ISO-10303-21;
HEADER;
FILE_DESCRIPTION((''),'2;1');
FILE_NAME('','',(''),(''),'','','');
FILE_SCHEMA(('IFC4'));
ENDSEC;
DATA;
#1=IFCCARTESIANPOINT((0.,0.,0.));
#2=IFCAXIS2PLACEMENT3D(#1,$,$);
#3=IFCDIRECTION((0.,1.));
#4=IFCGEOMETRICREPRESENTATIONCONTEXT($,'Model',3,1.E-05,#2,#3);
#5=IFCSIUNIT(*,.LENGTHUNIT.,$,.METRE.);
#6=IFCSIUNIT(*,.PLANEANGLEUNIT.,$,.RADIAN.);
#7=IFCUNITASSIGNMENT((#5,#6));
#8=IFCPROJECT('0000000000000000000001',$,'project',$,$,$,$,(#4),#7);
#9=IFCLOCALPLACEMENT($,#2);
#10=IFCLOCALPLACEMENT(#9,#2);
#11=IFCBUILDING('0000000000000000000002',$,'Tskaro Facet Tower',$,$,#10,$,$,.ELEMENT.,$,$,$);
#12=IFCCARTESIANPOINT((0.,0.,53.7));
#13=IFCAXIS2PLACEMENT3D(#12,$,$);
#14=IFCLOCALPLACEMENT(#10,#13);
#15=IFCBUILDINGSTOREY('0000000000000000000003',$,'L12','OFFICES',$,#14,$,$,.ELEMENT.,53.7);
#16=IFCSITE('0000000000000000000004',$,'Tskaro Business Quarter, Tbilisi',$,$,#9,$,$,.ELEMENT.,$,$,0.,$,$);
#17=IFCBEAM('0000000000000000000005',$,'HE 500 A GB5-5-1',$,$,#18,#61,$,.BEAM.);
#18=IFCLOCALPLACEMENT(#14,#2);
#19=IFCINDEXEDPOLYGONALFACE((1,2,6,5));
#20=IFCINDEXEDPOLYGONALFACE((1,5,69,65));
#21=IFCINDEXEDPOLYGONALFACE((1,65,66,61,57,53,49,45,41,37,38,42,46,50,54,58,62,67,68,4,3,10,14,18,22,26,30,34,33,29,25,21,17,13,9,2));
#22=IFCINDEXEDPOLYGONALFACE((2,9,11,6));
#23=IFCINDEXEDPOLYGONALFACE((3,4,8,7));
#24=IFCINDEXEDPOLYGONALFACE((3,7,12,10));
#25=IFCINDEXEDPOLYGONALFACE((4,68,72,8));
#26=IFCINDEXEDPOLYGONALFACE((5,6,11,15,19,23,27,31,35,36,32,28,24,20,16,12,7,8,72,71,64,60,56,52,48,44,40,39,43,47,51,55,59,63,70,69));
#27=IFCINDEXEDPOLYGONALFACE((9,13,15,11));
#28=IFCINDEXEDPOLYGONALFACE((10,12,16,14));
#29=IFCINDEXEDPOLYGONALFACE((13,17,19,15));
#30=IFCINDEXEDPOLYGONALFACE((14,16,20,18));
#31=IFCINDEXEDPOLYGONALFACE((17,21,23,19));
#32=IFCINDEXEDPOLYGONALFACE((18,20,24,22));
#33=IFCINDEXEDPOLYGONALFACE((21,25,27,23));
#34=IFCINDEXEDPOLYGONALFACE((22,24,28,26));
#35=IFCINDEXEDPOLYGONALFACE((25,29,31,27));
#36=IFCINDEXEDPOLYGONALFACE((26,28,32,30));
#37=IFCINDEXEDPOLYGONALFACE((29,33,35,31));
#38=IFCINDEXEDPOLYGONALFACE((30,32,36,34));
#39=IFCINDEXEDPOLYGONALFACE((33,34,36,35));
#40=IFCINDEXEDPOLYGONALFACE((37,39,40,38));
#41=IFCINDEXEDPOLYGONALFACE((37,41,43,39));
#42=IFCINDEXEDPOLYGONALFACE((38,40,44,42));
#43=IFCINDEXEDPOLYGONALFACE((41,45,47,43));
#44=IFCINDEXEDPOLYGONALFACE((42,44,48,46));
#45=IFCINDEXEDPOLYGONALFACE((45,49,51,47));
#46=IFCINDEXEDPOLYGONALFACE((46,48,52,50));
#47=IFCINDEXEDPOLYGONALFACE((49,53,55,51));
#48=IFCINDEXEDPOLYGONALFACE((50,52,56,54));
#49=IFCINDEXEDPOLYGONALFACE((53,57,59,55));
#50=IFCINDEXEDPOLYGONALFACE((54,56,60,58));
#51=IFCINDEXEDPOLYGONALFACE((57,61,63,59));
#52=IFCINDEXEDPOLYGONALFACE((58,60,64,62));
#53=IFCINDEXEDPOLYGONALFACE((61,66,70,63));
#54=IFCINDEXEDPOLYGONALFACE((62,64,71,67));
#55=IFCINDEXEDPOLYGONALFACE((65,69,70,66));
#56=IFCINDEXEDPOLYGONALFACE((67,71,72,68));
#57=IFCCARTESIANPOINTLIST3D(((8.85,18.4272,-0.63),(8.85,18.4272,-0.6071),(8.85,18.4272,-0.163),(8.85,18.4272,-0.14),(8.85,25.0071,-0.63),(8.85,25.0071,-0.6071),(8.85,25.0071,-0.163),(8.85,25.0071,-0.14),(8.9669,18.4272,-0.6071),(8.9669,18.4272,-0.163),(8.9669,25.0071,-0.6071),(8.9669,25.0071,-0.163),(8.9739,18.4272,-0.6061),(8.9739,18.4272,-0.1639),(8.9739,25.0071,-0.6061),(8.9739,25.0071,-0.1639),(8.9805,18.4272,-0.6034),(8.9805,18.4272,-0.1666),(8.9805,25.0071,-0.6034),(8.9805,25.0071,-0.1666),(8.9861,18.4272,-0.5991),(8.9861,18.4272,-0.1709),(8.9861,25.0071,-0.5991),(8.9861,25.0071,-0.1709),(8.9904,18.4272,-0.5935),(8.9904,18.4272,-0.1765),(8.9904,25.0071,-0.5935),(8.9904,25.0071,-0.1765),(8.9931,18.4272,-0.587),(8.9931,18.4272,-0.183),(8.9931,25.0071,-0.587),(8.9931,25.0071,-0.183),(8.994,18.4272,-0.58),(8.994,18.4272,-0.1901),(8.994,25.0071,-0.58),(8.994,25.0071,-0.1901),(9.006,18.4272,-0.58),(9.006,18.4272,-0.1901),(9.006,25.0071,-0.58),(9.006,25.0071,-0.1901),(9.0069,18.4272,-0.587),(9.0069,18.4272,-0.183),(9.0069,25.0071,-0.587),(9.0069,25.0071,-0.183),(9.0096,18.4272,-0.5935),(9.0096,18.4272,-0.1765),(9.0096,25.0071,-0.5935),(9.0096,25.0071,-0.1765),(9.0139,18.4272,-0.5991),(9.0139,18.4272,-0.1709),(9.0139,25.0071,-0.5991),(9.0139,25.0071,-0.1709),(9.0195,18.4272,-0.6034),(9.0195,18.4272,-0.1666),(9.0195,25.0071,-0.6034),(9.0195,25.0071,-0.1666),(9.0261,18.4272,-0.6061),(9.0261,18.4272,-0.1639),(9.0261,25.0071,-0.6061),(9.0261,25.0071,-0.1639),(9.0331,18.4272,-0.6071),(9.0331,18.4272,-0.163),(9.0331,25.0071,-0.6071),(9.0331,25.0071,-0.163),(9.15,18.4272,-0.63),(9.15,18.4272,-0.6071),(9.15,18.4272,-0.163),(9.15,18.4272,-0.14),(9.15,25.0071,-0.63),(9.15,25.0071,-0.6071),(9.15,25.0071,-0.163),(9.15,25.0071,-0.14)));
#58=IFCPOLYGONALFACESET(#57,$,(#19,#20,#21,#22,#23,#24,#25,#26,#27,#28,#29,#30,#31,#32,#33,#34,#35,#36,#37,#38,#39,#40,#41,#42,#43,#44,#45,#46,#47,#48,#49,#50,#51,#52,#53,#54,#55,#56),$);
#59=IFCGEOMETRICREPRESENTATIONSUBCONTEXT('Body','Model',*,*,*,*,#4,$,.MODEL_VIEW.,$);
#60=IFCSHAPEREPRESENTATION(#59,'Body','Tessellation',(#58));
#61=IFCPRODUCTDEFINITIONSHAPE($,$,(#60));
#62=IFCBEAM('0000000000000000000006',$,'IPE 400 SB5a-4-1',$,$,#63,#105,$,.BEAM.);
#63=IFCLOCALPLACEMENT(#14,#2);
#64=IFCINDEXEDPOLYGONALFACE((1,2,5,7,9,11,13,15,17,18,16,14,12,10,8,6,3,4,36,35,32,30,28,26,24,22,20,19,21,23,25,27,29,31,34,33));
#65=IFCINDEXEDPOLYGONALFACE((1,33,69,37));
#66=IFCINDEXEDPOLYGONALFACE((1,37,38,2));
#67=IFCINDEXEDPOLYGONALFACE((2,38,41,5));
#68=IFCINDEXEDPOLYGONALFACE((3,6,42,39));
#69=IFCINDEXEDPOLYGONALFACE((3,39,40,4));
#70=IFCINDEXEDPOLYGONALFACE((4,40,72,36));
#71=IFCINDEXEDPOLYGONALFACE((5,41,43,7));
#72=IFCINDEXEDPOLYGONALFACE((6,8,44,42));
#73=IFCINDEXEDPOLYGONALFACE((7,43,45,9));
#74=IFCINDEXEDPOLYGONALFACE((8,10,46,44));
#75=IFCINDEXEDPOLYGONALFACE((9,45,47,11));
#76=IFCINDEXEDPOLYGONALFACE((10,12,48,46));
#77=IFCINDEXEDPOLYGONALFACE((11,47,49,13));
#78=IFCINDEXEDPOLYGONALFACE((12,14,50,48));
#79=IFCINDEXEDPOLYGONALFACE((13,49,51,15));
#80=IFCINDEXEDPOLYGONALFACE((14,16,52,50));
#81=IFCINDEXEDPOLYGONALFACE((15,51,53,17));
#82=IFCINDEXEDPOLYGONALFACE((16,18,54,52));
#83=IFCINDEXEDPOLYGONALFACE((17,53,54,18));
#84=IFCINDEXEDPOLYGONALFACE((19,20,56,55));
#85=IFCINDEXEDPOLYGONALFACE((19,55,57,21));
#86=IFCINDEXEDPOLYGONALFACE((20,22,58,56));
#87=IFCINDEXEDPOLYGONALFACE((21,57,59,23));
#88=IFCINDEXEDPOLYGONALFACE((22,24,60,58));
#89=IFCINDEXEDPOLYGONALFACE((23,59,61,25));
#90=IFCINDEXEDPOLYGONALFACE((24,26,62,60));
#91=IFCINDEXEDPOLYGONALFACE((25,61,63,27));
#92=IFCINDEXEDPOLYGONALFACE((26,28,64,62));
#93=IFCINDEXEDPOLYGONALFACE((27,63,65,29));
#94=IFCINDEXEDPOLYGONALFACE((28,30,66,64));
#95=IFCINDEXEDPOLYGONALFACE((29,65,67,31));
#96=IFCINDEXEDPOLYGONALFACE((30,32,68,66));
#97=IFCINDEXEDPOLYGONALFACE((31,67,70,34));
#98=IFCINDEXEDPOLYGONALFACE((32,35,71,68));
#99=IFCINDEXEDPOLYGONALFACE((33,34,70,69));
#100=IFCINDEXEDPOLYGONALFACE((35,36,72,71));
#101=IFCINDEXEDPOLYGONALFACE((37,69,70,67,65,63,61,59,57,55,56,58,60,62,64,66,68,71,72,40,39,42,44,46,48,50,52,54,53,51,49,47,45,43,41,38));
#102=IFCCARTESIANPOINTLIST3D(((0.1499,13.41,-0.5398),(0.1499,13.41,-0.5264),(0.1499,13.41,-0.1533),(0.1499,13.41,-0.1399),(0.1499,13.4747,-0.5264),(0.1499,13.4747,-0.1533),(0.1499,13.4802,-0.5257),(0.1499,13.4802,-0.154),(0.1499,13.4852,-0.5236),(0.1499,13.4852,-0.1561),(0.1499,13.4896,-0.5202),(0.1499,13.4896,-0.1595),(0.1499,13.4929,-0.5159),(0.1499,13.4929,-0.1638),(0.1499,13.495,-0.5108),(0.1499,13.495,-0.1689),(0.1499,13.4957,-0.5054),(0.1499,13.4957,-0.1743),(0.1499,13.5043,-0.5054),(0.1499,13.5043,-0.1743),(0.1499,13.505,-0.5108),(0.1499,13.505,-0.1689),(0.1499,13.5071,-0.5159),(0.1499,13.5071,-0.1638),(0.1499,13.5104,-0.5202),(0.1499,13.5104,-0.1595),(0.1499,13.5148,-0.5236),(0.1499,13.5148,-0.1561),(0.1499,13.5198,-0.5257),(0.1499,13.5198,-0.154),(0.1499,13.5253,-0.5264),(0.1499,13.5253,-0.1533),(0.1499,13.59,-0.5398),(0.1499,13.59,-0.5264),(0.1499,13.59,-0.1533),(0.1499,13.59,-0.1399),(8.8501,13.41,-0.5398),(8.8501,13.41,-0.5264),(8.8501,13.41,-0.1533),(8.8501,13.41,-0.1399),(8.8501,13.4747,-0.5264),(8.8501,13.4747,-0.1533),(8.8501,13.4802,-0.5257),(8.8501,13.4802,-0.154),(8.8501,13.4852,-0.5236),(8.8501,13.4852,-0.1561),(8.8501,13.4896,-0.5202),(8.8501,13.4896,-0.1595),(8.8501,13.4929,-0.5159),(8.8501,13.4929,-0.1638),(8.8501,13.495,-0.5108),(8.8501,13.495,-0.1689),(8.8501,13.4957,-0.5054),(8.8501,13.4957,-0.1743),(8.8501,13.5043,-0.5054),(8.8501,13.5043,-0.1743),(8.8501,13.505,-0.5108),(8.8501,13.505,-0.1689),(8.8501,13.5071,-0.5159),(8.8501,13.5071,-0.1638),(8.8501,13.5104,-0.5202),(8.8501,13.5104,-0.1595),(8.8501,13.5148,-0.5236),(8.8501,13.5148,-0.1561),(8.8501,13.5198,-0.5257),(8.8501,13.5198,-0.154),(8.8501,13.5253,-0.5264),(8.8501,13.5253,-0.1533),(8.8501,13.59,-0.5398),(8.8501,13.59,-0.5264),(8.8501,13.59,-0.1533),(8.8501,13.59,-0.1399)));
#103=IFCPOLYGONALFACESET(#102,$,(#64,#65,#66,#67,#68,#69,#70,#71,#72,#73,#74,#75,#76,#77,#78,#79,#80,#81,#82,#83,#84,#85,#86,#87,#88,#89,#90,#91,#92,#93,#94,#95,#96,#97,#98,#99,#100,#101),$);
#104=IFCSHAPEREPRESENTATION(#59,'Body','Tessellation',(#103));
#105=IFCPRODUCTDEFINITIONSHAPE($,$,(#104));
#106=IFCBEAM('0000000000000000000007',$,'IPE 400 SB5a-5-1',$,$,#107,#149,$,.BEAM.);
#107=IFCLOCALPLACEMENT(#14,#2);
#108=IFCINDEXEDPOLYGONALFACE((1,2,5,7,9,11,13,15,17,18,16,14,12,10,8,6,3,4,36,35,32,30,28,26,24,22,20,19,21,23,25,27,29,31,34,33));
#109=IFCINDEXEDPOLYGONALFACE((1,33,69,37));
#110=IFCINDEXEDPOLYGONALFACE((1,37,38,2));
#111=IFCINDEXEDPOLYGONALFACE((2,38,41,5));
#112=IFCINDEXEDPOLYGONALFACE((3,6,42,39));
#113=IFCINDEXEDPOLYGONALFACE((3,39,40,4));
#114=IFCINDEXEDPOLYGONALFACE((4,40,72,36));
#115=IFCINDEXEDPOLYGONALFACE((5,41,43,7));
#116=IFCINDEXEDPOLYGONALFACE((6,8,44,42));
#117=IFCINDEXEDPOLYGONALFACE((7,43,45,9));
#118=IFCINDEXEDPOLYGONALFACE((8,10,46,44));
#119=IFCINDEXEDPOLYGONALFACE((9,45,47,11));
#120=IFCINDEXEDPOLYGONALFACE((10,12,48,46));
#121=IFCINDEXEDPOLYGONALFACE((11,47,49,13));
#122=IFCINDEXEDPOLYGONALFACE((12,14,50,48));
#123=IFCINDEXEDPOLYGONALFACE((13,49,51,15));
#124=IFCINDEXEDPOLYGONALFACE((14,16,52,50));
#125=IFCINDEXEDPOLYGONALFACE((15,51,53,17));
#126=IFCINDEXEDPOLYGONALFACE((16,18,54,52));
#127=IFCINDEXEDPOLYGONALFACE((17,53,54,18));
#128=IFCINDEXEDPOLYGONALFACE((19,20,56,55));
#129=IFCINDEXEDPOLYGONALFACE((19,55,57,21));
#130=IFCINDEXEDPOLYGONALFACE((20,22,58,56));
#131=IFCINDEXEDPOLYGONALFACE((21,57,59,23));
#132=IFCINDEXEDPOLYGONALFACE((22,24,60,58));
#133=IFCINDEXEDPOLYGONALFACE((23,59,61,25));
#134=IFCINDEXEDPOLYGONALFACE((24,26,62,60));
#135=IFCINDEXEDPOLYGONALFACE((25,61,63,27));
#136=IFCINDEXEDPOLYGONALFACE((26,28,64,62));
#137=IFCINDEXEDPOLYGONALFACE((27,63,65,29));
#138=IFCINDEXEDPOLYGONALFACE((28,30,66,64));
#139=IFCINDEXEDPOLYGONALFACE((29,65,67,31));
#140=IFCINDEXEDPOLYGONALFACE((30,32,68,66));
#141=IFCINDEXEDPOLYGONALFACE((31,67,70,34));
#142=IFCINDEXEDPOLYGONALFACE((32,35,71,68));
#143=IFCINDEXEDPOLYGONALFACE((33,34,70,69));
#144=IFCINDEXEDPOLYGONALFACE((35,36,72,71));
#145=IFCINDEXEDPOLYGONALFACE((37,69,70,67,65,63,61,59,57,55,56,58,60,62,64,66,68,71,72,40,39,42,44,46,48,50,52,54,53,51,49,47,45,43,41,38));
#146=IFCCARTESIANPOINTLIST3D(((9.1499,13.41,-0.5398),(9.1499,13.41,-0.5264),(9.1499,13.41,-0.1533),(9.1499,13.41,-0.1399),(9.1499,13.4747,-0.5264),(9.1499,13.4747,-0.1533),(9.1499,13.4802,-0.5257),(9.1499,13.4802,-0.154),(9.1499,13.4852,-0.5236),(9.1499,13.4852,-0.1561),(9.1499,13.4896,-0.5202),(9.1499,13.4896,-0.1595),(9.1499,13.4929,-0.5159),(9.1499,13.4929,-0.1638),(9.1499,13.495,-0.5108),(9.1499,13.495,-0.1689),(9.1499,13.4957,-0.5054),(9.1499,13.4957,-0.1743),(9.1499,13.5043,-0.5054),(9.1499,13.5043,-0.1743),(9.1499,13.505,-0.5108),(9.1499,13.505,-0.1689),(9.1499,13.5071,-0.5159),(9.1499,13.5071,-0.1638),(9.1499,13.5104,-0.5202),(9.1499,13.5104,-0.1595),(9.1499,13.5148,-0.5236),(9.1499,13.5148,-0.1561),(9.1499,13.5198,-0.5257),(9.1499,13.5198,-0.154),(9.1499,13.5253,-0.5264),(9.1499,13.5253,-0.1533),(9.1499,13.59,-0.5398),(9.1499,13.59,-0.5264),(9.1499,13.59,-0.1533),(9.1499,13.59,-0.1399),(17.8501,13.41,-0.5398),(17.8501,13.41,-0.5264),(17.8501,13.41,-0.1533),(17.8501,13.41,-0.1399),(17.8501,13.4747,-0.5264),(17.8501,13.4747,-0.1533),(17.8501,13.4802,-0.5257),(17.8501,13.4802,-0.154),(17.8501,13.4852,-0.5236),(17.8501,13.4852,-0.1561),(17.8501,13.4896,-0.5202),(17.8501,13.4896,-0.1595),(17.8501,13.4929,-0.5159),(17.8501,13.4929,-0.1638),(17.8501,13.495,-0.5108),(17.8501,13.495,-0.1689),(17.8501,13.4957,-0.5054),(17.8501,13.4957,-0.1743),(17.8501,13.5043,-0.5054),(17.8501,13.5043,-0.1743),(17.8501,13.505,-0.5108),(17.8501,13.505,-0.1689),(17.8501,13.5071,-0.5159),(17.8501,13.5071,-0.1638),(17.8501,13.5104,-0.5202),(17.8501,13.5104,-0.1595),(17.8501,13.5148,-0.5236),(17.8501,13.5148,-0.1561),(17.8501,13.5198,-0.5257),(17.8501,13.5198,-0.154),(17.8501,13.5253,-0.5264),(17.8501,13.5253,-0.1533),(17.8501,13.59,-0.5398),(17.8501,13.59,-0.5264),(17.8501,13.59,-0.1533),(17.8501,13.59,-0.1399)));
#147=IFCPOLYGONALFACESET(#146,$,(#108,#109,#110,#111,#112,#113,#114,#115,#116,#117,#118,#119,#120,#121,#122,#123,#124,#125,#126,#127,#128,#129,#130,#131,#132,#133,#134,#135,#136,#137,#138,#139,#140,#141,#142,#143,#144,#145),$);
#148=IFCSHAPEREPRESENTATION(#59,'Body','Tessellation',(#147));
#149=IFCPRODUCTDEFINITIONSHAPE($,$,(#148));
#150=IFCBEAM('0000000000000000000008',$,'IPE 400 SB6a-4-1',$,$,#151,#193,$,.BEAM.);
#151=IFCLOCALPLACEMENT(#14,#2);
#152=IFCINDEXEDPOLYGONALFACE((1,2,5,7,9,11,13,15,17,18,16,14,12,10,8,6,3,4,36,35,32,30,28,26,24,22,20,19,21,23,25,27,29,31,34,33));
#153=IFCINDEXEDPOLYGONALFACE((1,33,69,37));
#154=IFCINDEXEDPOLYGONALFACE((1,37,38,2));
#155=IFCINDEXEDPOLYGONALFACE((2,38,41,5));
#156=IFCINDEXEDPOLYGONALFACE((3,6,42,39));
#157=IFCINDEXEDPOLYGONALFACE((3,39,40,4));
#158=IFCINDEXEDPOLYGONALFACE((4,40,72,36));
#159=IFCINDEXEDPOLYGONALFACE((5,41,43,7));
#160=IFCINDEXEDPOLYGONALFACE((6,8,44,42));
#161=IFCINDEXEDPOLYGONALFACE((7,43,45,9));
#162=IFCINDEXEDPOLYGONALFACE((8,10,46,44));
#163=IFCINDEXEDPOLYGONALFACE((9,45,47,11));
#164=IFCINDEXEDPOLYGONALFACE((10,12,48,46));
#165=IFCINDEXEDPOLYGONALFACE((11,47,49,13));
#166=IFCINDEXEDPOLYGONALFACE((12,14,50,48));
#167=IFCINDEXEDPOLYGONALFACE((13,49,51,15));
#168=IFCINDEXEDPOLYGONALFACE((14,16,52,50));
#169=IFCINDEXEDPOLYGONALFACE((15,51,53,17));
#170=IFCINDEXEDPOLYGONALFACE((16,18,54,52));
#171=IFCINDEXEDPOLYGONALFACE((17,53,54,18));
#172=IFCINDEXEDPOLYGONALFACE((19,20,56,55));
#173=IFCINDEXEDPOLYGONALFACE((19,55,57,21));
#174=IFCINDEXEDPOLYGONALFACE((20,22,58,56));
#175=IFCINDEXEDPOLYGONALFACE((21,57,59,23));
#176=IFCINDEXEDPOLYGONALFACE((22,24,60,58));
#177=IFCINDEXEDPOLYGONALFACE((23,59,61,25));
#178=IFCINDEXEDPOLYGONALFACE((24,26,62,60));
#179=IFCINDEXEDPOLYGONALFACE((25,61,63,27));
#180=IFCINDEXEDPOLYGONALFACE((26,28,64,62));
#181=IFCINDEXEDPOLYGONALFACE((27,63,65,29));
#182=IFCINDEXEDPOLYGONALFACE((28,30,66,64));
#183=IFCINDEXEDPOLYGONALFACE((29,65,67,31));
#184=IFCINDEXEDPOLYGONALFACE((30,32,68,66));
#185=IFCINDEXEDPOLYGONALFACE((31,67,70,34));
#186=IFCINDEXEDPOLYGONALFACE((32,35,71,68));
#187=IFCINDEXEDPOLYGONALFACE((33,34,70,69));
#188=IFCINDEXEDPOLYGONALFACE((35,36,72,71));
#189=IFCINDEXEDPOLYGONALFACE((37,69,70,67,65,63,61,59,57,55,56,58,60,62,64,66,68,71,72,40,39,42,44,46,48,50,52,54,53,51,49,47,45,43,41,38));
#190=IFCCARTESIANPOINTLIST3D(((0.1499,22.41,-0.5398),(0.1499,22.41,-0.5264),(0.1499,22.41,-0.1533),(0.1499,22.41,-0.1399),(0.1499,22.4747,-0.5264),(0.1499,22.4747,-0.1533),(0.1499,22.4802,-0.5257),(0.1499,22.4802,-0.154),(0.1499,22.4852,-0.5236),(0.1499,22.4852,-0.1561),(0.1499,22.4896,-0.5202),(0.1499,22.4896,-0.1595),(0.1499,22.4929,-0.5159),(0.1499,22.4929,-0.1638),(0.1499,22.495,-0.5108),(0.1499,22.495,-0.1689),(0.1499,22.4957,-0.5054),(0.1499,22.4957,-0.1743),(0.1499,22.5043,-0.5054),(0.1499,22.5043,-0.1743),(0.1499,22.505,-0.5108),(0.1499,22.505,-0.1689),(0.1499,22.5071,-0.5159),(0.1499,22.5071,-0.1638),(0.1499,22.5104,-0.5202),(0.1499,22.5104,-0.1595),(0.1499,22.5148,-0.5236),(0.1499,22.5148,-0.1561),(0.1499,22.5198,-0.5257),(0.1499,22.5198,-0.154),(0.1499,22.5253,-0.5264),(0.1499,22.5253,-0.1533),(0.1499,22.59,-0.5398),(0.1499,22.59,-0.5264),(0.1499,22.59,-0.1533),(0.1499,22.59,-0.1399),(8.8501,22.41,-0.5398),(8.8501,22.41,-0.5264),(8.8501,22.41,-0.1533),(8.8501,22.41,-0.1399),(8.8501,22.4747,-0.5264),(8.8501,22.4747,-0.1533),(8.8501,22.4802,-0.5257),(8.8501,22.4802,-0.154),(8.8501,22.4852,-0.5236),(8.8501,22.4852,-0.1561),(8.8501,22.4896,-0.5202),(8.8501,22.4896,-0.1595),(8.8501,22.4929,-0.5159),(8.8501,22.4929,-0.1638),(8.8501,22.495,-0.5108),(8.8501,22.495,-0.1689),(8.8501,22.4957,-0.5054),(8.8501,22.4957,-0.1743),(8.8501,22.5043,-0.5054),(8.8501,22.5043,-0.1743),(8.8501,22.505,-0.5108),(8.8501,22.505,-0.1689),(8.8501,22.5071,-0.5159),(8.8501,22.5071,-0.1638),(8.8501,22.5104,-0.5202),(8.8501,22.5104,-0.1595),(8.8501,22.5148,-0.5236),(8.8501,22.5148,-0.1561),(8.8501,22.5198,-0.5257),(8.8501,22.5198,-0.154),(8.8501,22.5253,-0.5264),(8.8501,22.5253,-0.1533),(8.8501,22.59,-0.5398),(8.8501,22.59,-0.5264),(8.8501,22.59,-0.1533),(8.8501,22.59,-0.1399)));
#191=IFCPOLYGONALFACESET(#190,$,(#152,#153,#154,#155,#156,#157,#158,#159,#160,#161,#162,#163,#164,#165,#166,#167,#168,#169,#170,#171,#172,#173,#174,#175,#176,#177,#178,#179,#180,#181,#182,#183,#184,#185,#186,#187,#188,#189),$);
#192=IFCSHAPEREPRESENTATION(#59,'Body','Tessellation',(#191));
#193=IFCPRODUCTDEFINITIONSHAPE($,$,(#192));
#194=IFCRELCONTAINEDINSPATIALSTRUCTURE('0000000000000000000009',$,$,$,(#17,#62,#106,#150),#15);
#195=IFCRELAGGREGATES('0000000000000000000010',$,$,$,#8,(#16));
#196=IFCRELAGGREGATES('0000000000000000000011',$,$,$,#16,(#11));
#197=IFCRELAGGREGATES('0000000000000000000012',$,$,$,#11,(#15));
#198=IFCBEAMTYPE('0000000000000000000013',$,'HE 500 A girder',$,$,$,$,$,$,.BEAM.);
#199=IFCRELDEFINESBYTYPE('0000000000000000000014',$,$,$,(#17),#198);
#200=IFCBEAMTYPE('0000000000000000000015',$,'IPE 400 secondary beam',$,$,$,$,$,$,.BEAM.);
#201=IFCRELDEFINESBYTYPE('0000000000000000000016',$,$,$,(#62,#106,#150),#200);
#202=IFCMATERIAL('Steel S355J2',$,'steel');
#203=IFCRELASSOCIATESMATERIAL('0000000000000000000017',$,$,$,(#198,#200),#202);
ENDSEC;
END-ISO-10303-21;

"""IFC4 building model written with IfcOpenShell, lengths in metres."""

from ifc_helpers import new_model, si_unit, direction, frame, origin, origin_2d, place, context, subcontext, project, spatial, i_section, extrude, material, material_profile, profile_set, type_object, element, save


model = new_model("IFC4")

# Units and contexts
model_context = context("Model", 3, precision=1e-05, world=origin(), true_north=direction((0.0, 1.0)))
body_context = subcontext(model_context, "Body", "Model", "MODEL_VIEW")
ifc_project = project(units=[si_unit("LENGTHUNIT", "METRE"), si_unit("PLANEANGLEUNIT", "RADIAN")], contexts=[model_context])

# Site, building, storey
site_placement = place(None, origin())
site = spatial("IfcSite", under=ifc_project, at=site_placement, Name="Tskaro Business Quarter, Tbilisi", CompositionType="ELEMENT", RefElevation=0.0)
building_placement = place(site_placement, origin())
building = spatial("IfcBuilding", under=site, at=building_placement, Name="Tskaro Facet Tower", CompositionType="ELEMENT")
storey_placement = place(building_placement, frame((0.0, 0.0, 53.7)))
storey = spatial("IfcBuildingStorey", under=building, at=storey_placement, Name="L12", Description="OFFICES", CompositionType="ELEMENT", Elevation=53.7)

# Beams
ifc_material_1 = material(Name="Steel S355J2", Category="steel")
ifc_material_profile_1 = material_profile(ifc_material_1, i_section(OverallWidth=0.3, OverallDepth=0.49, WebThickness=0.012, FlangeThickness=0.0229, FilletRadius=0.0271, at=origin_2d()), Name="HE 500 A")
ifc_profile_set_1 = profile_set([ifc_material_profile_1], Name="Steel S355J2")
beam_type_1 = type_object("IfcBeamType", Name="HE 500 A girder", PredefinedType="BEAM", material=ifc_profile_set_1)
for number, where, z_axis, x_axis, name in (
    (1, (9.0, 18.4272, -0.385), (0.0, 1.0, 0.0), (-1.0, 0.0, 0.0), "HE 500 A GB5-5-1"),
):
    element("IfcBeam", number, at=place(storey_placement, frame(where, z_axis=z_axis, x_axis=x_axis)), inside=storey, type_object=beam_type_1, Name=name, PredefinedType="BEAM", context=body_context, shape_type="SweptSolid", body=[
        extrude(i_section(OverallWidth=0.3, OverallDepth=0.49, WebThickness=0.012, FlangeThickness=0.0229, FilletRadius=0.0271, at=origin_2d()), origin(), (0.0, 0.0, 1.0), 6.5798),
    ])
ifc_material_profile_2 = material_profile(ifc_material_1, i_section(OverallWidth=0.1799, OverallDepth=0.3999, WebThickness=0.0085, FlangeThickness=0.0134, FilletRadius=0.021, at=origin_2d()), Name="IPE 400")
ifc_profile_set_2 = profile_set([ifc_material_profile_2], Name="Steel S355J2")
beam_type_2 = type_object("IfcBeamType", Name="IPE 400 secondary beam", PredefinedType="BEAM", material=ifc_profile_set_2)
for number, where, z_axis, x_axis, name in (
    (2, (0.1499, 13.5, -0.3398), (1.0, 0.0, 0.0), (0.0, 1.0, 0.0), "IPE 400 SB5a-4-1"),
    (3, (9.1499, 13.5, -0.3398), (1.0, 0.0, 0.0), (0.0, 1.0, 0.0), "IPE 400 SB5a-5-1"),
    (4, (0.1499, 22.5, -0.3398), (1.0, 0.0, 0.0), (0.0, 1.0, 0.0), "IPE 400 SB6a-4-1"),
):
    element("IfcBeam", number, at=place(storey_placement, frame(where, z_axis=z_axis, x_axis=x_axis)), inside=storey, type_object=beam_type_2, Name=name, PredefinedType="BEAM", context=body_context, shape_type="SweptSolid", body=[
        extrude(i_section(OverallWidth=0.1799, OverallDepth=0.3999, WebThickness=0.0085, FlangeThickness=0.0134, FilletRadius=0.021, at=origin_2d()), origin(), (0.0, 0.0, 1.0), 8.7002),
    ])

save(model, "model.ifc")
